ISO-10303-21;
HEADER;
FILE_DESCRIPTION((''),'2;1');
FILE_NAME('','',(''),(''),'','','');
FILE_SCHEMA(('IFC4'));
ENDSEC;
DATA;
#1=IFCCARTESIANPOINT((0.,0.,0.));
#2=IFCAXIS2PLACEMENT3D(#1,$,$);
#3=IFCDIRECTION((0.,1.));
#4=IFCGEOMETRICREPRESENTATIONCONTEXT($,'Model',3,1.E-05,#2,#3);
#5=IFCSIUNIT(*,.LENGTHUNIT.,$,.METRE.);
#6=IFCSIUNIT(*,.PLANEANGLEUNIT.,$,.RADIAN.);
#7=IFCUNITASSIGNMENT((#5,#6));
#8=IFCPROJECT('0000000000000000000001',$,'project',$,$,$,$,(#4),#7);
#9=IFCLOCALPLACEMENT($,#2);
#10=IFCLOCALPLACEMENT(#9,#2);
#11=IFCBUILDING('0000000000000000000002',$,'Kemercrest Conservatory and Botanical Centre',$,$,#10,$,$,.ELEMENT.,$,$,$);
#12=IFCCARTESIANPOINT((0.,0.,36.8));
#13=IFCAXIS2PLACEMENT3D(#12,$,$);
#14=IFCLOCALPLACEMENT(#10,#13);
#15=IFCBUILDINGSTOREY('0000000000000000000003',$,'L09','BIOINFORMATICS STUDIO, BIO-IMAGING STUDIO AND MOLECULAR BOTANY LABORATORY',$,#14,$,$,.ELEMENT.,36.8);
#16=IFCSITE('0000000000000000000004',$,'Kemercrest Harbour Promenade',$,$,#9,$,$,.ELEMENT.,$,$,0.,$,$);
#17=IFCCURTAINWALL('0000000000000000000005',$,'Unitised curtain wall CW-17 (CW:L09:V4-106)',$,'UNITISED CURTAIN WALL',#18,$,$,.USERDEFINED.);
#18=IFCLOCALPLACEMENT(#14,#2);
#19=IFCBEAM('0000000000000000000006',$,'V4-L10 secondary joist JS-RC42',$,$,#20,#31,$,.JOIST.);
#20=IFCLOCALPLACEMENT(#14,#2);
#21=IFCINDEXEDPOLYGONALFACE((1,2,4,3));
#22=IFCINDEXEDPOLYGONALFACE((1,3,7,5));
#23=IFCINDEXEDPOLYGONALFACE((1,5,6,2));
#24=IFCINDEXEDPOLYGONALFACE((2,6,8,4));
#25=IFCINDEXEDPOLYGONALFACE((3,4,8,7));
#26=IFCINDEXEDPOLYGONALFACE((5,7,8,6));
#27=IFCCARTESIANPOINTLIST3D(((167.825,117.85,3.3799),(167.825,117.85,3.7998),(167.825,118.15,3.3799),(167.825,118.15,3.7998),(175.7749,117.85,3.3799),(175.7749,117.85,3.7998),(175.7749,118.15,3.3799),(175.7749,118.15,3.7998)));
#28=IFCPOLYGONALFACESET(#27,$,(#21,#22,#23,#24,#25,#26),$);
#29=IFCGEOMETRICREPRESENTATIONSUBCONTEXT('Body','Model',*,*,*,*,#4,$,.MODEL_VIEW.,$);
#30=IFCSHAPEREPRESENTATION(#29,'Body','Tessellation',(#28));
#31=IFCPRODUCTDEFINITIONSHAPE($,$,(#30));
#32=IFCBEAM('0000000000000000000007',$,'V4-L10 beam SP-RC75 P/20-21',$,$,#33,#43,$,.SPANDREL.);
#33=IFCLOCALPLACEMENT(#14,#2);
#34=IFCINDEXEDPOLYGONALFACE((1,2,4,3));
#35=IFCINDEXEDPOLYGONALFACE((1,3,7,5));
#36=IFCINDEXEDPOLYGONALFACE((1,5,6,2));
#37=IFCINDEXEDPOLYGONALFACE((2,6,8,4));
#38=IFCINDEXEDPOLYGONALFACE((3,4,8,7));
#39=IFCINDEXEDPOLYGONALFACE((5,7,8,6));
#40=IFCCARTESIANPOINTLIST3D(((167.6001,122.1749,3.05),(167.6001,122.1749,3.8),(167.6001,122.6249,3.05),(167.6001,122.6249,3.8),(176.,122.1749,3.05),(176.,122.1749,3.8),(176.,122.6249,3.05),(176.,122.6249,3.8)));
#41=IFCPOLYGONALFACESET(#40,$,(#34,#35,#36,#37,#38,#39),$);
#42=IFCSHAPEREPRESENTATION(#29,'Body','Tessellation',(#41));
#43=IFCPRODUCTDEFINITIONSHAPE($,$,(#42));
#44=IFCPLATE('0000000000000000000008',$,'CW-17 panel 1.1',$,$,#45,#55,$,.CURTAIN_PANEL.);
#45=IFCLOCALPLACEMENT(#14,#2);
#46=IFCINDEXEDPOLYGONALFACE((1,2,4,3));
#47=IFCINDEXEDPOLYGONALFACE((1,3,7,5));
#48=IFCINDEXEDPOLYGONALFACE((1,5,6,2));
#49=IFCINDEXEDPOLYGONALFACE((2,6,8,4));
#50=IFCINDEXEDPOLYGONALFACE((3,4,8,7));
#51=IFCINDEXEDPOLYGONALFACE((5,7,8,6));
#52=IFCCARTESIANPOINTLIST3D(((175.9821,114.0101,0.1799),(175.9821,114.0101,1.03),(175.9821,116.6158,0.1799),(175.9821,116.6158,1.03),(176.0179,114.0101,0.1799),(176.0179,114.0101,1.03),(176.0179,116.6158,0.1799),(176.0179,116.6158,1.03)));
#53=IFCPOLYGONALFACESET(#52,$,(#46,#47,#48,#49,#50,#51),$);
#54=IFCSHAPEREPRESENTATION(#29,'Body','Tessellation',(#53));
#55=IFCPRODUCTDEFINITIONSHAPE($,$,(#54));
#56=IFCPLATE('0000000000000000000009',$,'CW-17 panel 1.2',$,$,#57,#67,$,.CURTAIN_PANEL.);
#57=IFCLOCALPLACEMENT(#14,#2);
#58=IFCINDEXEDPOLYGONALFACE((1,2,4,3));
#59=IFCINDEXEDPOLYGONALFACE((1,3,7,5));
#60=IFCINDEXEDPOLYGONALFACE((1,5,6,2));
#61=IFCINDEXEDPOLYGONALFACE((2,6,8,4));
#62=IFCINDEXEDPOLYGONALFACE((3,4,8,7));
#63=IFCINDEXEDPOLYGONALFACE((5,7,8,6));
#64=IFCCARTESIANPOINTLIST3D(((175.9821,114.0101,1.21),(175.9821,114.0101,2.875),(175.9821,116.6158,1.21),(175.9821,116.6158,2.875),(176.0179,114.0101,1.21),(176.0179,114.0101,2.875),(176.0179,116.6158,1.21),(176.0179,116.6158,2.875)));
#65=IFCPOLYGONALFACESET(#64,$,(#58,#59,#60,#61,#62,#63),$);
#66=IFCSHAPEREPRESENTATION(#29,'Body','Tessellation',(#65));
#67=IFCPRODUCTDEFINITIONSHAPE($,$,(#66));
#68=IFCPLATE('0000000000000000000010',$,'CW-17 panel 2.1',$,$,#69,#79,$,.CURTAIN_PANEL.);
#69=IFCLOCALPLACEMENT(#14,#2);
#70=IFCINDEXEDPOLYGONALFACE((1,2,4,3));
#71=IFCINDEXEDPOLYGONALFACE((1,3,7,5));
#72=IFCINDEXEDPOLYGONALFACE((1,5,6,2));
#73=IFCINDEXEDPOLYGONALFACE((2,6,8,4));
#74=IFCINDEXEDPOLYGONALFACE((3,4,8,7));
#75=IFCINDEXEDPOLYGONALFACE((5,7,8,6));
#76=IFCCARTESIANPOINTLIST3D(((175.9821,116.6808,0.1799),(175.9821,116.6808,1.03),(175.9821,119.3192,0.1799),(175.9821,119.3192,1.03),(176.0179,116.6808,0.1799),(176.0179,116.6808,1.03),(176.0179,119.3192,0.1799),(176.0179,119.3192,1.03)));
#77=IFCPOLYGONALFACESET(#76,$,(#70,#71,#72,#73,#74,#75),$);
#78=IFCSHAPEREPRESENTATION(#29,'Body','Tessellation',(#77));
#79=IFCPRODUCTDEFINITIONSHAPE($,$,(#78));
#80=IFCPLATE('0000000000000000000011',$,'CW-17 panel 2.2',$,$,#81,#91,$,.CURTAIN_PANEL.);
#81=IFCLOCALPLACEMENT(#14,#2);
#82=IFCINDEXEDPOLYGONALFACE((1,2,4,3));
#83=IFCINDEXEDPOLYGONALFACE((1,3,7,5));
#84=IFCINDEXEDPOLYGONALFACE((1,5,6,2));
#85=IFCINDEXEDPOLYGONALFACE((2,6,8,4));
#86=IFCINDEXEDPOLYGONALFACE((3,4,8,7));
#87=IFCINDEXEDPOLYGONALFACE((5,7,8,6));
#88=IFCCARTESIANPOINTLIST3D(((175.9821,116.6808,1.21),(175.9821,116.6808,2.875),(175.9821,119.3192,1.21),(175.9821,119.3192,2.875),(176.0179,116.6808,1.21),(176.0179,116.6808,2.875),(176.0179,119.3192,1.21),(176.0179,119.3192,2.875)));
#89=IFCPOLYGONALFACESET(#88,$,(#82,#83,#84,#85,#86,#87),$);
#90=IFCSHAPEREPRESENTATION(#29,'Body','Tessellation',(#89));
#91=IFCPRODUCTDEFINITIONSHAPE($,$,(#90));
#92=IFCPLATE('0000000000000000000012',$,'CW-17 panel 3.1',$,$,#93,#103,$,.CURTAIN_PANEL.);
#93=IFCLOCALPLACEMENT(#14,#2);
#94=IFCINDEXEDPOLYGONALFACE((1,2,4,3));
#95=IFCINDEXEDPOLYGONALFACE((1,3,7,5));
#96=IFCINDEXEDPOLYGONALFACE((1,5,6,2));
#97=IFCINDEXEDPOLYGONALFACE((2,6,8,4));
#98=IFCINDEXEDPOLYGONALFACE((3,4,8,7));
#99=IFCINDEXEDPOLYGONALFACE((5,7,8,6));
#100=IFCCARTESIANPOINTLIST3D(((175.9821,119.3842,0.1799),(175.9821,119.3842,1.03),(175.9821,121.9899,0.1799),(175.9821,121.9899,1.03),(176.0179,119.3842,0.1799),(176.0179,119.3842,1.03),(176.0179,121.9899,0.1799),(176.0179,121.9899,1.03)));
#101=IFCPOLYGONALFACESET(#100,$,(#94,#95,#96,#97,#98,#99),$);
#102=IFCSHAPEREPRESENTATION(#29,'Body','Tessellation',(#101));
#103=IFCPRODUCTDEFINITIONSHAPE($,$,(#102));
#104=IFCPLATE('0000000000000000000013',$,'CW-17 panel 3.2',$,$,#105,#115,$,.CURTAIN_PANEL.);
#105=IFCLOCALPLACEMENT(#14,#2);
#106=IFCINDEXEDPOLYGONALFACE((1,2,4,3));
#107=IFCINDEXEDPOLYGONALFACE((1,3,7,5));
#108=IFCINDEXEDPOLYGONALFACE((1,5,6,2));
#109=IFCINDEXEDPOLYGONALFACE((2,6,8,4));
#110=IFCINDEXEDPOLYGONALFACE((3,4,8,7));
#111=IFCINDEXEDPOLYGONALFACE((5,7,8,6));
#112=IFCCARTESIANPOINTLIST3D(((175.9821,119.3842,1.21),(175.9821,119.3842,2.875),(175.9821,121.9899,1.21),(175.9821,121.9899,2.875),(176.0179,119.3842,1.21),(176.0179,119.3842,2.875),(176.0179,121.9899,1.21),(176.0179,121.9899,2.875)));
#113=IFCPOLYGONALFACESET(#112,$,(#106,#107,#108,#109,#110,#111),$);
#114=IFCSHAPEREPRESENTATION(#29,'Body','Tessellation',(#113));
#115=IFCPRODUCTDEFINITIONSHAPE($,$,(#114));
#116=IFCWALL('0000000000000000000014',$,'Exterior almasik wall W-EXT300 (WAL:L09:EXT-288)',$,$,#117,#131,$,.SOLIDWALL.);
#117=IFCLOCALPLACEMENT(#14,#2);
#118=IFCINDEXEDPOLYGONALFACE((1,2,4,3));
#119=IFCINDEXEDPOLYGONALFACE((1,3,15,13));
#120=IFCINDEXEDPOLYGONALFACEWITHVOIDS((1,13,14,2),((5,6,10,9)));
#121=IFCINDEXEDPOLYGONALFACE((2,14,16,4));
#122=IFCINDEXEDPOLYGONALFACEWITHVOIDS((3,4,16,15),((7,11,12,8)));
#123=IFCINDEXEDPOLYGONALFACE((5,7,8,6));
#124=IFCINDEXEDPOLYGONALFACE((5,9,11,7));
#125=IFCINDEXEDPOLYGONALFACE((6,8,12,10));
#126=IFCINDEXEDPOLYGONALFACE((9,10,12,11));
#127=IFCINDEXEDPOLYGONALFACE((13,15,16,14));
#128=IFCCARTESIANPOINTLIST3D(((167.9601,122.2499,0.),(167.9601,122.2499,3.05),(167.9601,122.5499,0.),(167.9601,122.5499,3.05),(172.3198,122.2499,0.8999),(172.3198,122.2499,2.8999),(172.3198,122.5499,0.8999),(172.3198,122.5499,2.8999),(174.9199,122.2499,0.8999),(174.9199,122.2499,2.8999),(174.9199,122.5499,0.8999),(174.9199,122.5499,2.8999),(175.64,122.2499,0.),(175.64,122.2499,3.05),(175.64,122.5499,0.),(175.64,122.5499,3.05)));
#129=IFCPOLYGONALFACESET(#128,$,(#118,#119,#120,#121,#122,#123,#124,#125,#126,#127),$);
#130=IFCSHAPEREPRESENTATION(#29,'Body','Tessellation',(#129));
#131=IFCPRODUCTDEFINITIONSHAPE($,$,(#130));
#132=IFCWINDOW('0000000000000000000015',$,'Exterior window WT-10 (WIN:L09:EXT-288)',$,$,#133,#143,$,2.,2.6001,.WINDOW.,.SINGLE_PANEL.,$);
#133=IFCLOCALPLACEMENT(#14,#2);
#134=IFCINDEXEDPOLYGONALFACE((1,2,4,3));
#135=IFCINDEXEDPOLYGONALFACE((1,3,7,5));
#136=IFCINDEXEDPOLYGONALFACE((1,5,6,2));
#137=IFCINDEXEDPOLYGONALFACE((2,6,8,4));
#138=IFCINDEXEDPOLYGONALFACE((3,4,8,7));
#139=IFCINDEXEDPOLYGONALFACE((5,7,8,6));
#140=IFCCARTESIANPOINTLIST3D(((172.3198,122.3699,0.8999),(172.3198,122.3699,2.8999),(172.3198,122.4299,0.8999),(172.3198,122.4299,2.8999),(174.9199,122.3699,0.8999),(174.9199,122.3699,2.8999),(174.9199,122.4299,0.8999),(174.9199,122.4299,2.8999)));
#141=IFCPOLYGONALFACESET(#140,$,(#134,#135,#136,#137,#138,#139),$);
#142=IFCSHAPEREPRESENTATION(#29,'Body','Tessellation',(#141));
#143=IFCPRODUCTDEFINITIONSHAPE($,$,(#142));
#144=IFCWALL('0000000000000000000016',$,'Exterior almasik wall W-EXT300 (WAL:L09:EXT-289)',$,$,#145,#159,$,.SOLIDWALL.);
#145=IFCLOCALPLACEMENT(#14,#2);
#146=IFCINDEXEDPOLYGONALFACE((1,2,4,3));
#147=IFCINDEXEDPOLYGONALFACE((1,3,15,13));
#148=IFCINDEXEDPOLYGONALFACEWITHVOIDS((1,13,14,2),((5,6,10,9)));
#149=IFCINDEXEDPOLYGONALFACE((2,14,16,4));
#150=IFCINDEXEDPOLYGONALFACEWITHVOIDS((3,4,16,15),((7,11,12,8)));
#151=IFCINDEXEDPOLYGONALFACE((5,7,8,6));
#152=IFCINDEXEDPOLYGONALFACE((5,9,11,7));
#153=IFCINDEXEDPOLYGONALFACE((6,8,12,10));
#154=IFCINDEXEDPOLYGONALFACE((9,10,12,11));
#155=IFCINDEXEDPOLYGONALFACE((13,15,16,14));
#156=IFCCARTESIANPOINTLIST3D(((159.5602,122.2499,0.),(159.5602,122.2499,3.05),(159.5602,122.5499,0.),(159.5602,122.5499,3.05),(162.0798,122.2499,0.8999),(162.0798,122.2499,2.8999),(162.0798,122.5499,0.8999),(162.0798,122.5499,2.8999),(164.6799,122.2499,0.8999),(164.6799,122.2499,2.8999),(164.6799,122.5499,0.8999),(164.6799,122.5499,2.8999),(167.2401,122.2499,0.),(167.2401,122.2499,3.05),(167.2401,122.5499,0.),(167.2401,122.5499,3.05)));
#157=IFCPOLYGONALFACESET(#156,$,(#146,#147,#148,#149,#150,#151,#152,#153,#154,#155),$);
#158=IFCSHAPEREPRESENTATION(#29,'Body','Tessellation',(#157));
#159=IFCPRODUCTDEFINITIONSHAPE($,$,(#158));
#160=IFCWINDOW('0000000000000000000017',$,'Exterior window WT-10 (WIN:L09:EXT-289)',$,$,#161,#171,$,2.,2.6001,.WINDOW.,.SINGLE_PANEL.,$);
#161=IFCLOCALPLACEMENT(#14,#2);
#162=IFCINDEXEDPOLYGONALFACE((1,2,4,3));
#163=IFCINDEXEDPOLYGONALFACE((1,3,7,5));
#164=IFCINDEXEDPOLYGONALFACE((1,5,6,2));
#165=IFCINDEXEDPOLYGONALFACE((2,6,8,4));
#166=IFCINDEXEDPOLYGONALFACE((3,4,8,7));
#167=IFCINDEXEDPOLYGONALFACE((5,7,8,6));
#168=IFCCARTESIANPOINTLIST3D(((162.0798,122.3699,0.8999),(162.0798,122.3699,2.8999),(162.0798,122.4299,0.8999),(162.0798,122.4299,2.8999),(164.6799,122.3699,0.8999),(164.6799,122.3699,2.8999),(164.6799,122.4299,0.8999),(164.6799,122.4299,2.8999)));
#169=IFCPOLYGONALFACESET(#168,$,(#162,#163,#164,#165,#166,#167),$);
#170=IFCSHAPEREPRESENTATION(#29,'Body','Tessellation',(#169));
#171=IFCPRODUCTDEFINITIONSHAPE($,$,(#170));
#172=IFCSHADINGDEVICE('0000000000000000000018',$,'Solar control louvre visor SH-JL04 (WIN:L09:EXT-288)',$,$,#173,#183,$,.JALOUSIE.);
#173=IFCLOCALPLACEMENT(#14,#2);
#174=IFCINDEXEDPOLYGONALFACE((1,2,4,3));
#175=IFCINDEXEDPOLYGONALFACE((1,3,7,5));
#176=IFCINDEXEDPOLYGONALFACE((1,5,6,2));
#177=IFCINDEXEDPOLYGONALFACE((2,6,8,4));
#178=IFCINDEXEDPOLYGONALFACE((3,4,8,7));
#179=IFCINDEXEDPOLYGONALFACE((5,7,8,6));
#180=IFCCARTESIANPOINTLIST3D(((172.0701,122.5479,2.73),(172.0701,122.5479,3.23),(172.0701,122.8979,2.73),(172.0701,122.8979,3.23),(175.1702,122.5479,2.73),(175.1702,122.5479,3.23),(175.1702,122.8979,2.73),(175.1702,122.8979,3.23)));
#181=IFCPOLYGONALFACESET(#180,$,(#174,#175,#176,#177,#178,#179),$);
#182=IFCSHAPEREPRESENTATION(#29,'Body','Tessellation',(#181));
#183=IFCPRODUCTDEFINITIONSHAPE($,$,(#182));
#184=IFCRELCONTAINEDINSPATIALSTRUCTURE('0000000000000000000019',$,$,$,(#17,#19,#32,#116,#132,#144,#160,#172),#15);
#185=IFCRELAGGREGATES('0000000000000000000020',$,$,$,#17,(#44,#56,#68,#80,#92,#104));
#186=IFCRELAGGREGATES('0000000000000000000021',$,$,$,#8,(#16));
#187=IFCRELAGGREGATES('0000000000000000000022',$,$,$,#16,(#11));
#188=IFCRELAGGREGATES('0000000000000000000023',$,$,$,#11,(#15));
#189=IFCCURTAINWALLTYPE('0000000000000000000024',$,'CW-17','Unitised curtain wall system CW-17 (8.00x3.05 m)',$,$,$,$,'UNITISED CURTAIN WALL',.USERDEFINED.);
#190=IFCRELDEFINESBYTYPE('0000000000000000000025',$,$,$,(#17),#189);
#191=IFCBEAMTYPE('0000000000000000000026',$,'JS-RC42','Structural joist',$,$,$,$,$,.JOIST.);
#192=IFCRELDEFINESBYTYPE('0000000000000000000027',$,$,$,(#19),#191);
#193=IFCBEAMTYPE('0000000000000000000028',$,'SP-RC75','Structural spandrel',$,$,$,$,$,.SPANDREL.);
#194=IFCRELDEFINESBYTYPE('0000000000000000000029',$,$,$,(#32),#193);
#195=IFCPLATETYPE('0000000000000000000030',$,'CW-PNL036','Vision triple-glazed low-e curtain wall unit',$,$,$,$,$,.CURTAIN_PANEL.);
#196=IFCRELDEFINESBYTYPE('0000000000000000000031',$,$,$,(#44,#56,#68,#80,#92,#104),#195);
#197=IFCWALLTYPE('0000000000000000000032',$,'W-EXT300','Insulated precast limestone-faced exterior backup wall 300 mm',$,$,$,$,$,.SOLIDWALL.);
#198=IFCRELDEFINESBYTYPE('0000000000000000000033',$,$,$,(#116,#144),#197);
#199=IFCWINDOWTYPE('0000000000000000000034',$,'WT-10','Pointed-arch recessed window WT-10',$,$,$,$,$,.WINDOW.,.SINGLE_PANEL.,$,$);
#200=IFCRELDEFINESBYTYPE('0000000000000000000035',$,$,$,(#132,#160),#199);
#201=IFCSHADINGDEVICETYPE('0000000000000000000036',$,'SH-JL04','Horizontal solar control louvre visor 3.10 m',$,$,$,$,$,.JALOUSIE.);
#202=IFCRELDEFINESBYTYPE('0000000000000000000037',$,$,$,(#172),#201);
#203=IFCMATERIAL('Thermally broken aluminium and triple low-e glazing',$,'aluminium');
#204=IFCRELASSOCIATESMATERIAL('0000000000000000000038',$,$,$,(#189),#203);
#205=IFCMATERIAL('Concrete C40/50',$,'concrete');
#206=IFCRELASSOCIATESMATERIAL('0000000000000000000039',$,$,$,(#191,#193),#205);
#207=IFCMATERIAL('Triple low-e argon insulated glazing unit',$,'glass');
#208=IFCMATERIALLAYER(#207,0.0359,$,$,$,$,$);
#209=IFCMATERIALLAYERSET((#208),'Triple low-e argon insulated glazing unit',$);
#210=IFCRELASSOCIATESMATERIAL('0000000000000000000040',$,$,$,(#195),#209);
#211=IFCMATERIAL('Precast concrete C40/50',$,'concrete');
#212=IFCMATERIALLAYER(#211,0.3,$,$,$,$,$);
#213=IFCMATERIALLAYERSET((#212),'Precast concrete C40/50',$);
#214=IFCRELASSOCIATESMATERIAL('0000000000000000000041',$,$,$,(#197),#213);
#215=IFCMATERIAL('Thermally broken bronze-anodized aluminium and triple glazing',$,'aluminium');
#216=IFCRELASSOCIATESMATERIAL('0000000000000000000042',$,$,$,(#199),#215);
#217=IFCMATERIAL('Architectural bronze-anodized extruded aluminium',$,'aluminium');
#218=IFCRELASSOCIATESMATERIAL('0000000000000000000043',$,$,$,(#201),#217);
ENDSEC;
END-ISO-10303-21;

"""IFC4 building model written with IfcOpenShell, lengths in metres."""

from ifc_helpers import new_model, si_unit, direction, frame, frame_2d, origin, origin_2d, place, context, subcontext, project, spatial, rectangle, extrude, material, layer, layer_set, material_profile, profile_set, type_object, element, fill, aggregate, save


model = new_model("IFC4")

# Units and contexts
model_context = context("Model", 3, precision=1e-05, world=origin(), true_north=direction((0.0, 1.0)))
body_context = subcontext(model_context, "Body", "Model", "MODEL_VIEW")
ifc_project = project(units=[si_unit("LENGTHUNIT", "METRE"), si_unit("PLANEANGLEUNIT", "RADIAN")], contexts=[model_context])

# Site, building, storey
site_placement = place(None, origin())
site = spatial("IfcSite", under=ifc_project, at=site_placement, Name="Kemercrest Harbour Promenade", CompositionType="ELEMENT", RefElevation=0.0)
building_placement = place(site_placement, origin())
building = spatial("IfcBuilding", under=site, at=building_placement, Name="Kemercrest Conservatory and Botanical Centre", CompositionType="ELEMENT")
storey_placement = place(building_placement, frame((0.0, 0.0, 36.8)))
storey = spatial("IfcBuildingStorey", under=building, at=storey_placement, Name="L09", Description="BIOINFORMATICS STUDIO, BIO-IMAGING STUDIO AND MOLECULAR BOTANY LABORATORY", CompositionType="ELEMENT", Elevation=36.8)

# Curtain wall
ifc_material_1 = material(Name="Thermally broken aluminium and triple low-e glazing", Category="aluminium")
curtain_wall_type = type_object("IfcCurtainWallType", Name="CW-17", Description="Unitised curtain wall system CW-17 (8.00x3.05 m)", ElementType="UNITISED CURTAIN WALL", PredefinedType="USERDEFINED", material=ifc_material_1)
curtain_wall_placement = place(storey_placement, origin())
curtain_wall = element("IfcCurtainWall", 1, at=curtain_wall_placement, inside=storey, type_object=curtain_wall_type, Name="Unitised curtain wall CW-17 (CW:L09:V4-106)", ObjectType="UNITISED CURTAIN WALL", PredefinedType="USERDEFINED")

# Beams
ifc_material_2 = material(Name="Concrete C40/50", Category="concrete")
ifc_material_profile_1 = material_profile(ifc_material_2, rectangle(XDim=0.3, YDim=0.4199, at=origin_2d()), Name="RC 300x420")
ifc_profile_set_1 = profile_set([ifc_material_profile_1], Name="Concrete C40/50")
beam_type_1 = type_object("IfcBeamType", Name="JS-RC42", Description="Structural joist", PredefinedType="JOIST", material=ifc_profile_set_1)
beam_1_placement = place(storey_placement, frame((167.825, 118.0, 3.5898), z_axis=(1.0, 0.0, 0.0), x_axis=(0.0, 1.0, 0.0)))
element("IfcBeam", 2, at=beam_1_placement, inside=storey, type_object=beam_type_1, Name="V4-L10 secondary joist JS-RC42", PredefinedType="JOIST", context=body_context, shape_type="SweptSolid", body=[
    extrude(rectangle(XDim=0.3, YDim=0.4199, at=origin_2d()), origin(), (0.0, 0.0, 1.0), 7.95),
])
ifc_material_profile_2 = material_profile(ifc_material_2, rectangle(XDim=0.45, YDim=0.75, at=origin_2d()), Name="RC 450x750")
ifc_profile_set_2 = profile_set([ifc_material_profile_2], Name="Concrete C40/50")
beam_type_2 = type_object("IfcBeamType", Name="SP-RC75", Description="Structural spandrel", PredefinedType="SPANDREL", material=ifc_profile_set_2)
beam_2_placement = place(storey_placement, frame((167.6001, 122.3999, 3.425), z_axis=(1.0, 0.0, 0.0), x_axis=(0.0, 1.0, 0.0)))
element("IfcBeam", 3, at=beam_2_placement, inside=storey, type_object=beam_type_2, Name="V4-L10 beam SP-RC75 P/20-21", PredefinedType="SPANDREL", context=body_context, shape_type="SweptSolid", body=[
    extrude(rectangle(XDim=0.45, YDim=0.75, at=origin_2d()), origin(), (0.0, 0.0, 1.0), 8.3999),
])

# Plates
ifc_material_3 = material(Name="Triple low-e argon insulated glazing unit", Category="glass")
ifc_layer_1 = layer(ifc_material_3, 0.0359)
ifc_layer_set_1 = layer_set([ifc_layer_1], Name="Triple low-e argon insulated glazing unit")
plate_type = type_object("IfcPlateType", Name="CW-PNL036", Description="Vision triple-glazed low-e curtain wall unit", PredefinedType="CURTAIN_PANEL", material=ifc_layer_set_1)
plate_1_placement = place(storey_placement, frame((176.0, 115.313, 0.1799), z_axis=(0.0, 0.0, 1.0), x_axis=(0.0, 1.0, 0.0)))
plate_1 = element("IfcPlate", 4, at=plate_1_placement, type_object=plate_type, Name="CW-17 panel 1.1", PredefinedType="CURTAIN_PANEL", context=body_context, shape_type="SweptSolid", body=[
    extrude(rectangle(XDim=2.6057, YDim=0.0359, at=origin_2d()), origin(), (0.0, 0.0, 1.0), 0.8501),
])
plate_2_placement = place(storey_placement, frame((176.0, 115.313, 1.21), z_axis=(0.0, 0.0, 1.0), x_axis=(0.0, 1.0, 0.0)))
plate_2 = element("IfcPlate", 5, at=plate_2_placement, type_object=plate_type, Name="CW-17 panel 1.2", PredefinedType="CURTAIN_PANEL", context=body_context, shape_type="SweptSolid", body=[
    extrude(rectangle(XDim=2.6057, YDim=0.0359, at=origin_2d()), origin(), (0.0, 0.0, 1.0), 1.665),
])
plate_3_placement = place(storey_placement, frame((176.0, 118.0, 0.1799), z_axis=(0.0, 0.0, 1.0), x_axis=(0.0, 1.0, 0.0)))
plate_3 = element("IfcPlate", 6, at=plate_3_placement, type_object=plate_type, Name="CW-17 panel 2.1", PredefinedType="CURTAIN_PANEL", context=body_context, shape_type="SweptSolid", body=[
    extrude(rectangle(XDim=2.6384, YDim=0.0359, at=origin_2d()), origin(), (0.0, 0.0, 1.0), 0.8501),
])
plate_4_placement = place(storey_placement, frame((176.0, 118.0, 1.21), z_axis=(0.0, 0.0, 1.0), x_axis=(0.0, 1.0, 0.0)))
plate_4 = element("IfcPlate", 7, at=plate_4_placement, type_object=plate_type, Name="CW-17 panel 2.2", PredefinedType="CURTAIN_PANEL", context=body_context, shape_type="SweptSolid", body=[
    extrude(rectangle(XDim=2.6384, YDim=0.0359, at=origin_2d()), origin(), (0.0, 0.0, 1.0), 1.665),
])
plate_5_placement = place(storey_placement, frame((176.0, 120.687, 0.1799), z_axis=(0.0, 0.0, 1.0), x_axis=(0.0, 1.0, 0.0)))
plate_5 = element("IfcPlate", 8, at=plate_5_placement, type_object=plate_type, Name="CW-17 panel 3.1", PredefinedType="CURTAIN_PANEL", context=body_context, shape_type="SweptSolid", body=[
    extrude(rectangle(XDim=2.6057, YDim=0.0359, at=origin_2d()), origin(), (0.0, 0.0, 1.0), 0.8501),
])
plate_6_placement = place(storey_placement, frame((176.0, 120.687, 1.21), z_axis=(0.0, 0.0, 1.0), x_axis=(0.0, 1.0, 0.0)))
plate_6 = element("IfcPlate", 9, at=plate_6_placement, type_object=plate_type, Name="CW-17 panel 3.2", PredefinedType="CURTAIN_PANEL", context=body_context, shape_type="SweptSolid", body=[
    extrude(rectangle(XDim=2.6057, YDim=0.0359, at=origin_2d()), origin(), (0.0, 0.0, 1.0), 1.665),
])
aggregate(curtain_wall, [plate_1, plate_2, plate_3, plate_4, plate_5, plate_6])

# Walls, openings, windows
ifc_material_4 = material(Name="Precast concrete C40/50", Category="concrete")
ifc_layer_2 = layer(ifc_material_4, 0.3)
ifc_layer_set_2 = layer_set([ifc_layer_2], Name="Precast concrete C40/50")
wall_type = type_object("IfcWallType", Name="W-EXT300", Description="Insulated precast limestone-faced exterior backup wall 300 mm", PredefinedType="SOLIDWALL", material=ifc_layer_set_2)
wall_1_placement = place(storey_placement, frame((175.6399, 122.3999, 0.0), z_axis=(0.0, 0.0, 1.0), x_axis=(-1.0, 0.0, 0.0)))
wall_1 = element("IfcWall", 10, at=wall_1_placement, inside=storey, type_object=wall_type, Name="Exterior almasik wall W-EXT300 (WAL:L09:EXT-288)", PredefinedType="SOLIDWALL", context=body_context, shape_type="SweptSolid", body=[
    extrude(rectangle(XDim=7.6799, YDim=0.3, at=frame_2d((3.8398, 0.0))), origin(), (0.0, 0.0, 1.0), 3.05),
])
opening_1_placement = place(wall_1_placement, frame((0.72, 0.0, 0.8999)))
opening_1 = element("IfcOpeningElement", 11, at=opening_1_placement, cuts=wall_1, PredefinedType="OPENING", context=body_context, shape_type="SweptSolid", body=[
    extrude(rectangle(XDim=2.6001, YDim=2.0, at=frame_2d((1.3, 1.0))), frame((0.0, 0.1602, 0.0), z_axis=(0.0, -1.0, 0.0), x_axis=(1.0, 0.0, 0.0)), (0.0, 0.0, 1.0), 0.3201),
])
ifc_material_5 = material(Name="Thermally broken bronze-anodized aluminium and triple glazing", Category="aluminium")
window_type = type_object("IfcWindowType", Name="WT-10", Description="Pointed-arch recessed window WT-10", PartitioningType="SINGLE_PANEL", PredefinedType="WINDOW", material=ifc_material_5)
window_1_placement = place(opening_1_placement, origin())
window_1 = element("IfcWindow", 12, at=window_1_placement, inside=storey, type_object=window_type, Name="Exterior window WT-10 (WIN:L09:EXT-288)", OverallHeight=2.0, OverallWidth=2.6001, PartitioningType="SINGLE_PANEL", PredefinedType="WINDOW", context=body_context, shape_type="SweptSolid", body=[
    extrude(rectangle(XDim=2.6001, YDim=2.0, at=frame_2d((1.3, 1.0))), frame((0.0, 0.03, 0.0), z_axis=(0.0, -1.0, 0.0), x_axis=(1.0, 0.0, 0.0)), (0.0, 0.0, 1.0), 0.0601),
])
fill(opening_1, window_1)
wall_2_placement = place(storey_placement, frame((167.24, 122.3999, 0.0), z_axis=(0.0, 0.0, 1.0), x_axis=(-1.0, 0.0, 0.0)))
wall_2 = element("IfcWall", 13, at=wall_2_placement, inside=storey, type_object=wall_type, Name="Exterior almasik wall W-EXT300 (WAL:L09:EXT-289)", PredefinedType="SOLIDWALL", context=body_context, shape_type="SweptSolid", body=[
    extrude(rectangle(XDim=7.6799, YDim=0.3, at=frame_2d((3.8398, 0.0))), origin(), (0.0, 0.0, 1.0), 3.05),
])
opening_2_placement = place(wall_2_placement, frame((2.5601, 0.0, 0.8999)))
opening_2 = element("IfcOpeningElement", 14, at=opening_2_placement, cuts=wall_2, PredefinedType="OPENING", context=body_context, shape_type="SweptSolid", body=[
    extrude(rectangle(XDim=2.6001, YDim=2.0, at=frame_2d((1.3, 1.0))), frame((0.0, 0.1602, 0.0), z_axis=(0.0, -1.0, 0.0), x_axis=(1.0, 0.0, 0.0)), (0.0, 0.0, 1.0), 0.3201),
])
window_2_placement = place(opening_2_placement, origin())
window_2 = element("IfcWindow", 15, at=window_2_placement, inside=storey, type_object=window_type, Name="Exterior window WT-10 (WIN:L09:EXT-289)", OverallHeight=2.0, OverallWidth=2.6001, PartitioningType="SINGLE_PANEL", PredefinedType="WINDOW", context=body_context, shape_type="SweptSolid", body=[
    extrude(rectangle(XDim=2.6001, YDim=2.0, at=frame_2d((1.3, 1.0))), frame((0.0, 0.03, 0.0), z_axis=(0.0, -1.0, 0.0), x_axis=(1.0, 0.0, 0.0)), (0.0, 0.0, 1.0), 0.0601),
])
fill(opening_2, window_2)

# Shading device
ifc_material_6 = material(Name="Architectural bronze-anodized extruded aluminium", Category="aluminium")
shading_device_type = type_object("IfcShadingDeviceType", Name="SH-JL04", Description="Horizontal solar control louvre visor 3.10 m", PredefinedType="JALOUSIE", material=ifc_material_6)
shading_device_placement = place(storey_placement, frame((173.6201, 122.7229, 2.73), z_axis=(0.0, 0.0, 1.0), x_axis=(-1.0, 0.0, 0.0)))
element("IfcShadingDevice", 16, at=shading_device_placement, inside=storey, type_object=shading_device_type, Name="Solar control louvre visor SH-JL04 (WIN:L09:EXT-288)", PredefinedType="JALOUSIE", context=body_context, shape_type="SweptSolid", body=[
    extrude(rectangle(XDim=3.1001, YDim=0.3501, at=origin_2d()), origin(), (0.0, 0.0, 1.0), 0.5),
])

save(model, "model.ifc")
